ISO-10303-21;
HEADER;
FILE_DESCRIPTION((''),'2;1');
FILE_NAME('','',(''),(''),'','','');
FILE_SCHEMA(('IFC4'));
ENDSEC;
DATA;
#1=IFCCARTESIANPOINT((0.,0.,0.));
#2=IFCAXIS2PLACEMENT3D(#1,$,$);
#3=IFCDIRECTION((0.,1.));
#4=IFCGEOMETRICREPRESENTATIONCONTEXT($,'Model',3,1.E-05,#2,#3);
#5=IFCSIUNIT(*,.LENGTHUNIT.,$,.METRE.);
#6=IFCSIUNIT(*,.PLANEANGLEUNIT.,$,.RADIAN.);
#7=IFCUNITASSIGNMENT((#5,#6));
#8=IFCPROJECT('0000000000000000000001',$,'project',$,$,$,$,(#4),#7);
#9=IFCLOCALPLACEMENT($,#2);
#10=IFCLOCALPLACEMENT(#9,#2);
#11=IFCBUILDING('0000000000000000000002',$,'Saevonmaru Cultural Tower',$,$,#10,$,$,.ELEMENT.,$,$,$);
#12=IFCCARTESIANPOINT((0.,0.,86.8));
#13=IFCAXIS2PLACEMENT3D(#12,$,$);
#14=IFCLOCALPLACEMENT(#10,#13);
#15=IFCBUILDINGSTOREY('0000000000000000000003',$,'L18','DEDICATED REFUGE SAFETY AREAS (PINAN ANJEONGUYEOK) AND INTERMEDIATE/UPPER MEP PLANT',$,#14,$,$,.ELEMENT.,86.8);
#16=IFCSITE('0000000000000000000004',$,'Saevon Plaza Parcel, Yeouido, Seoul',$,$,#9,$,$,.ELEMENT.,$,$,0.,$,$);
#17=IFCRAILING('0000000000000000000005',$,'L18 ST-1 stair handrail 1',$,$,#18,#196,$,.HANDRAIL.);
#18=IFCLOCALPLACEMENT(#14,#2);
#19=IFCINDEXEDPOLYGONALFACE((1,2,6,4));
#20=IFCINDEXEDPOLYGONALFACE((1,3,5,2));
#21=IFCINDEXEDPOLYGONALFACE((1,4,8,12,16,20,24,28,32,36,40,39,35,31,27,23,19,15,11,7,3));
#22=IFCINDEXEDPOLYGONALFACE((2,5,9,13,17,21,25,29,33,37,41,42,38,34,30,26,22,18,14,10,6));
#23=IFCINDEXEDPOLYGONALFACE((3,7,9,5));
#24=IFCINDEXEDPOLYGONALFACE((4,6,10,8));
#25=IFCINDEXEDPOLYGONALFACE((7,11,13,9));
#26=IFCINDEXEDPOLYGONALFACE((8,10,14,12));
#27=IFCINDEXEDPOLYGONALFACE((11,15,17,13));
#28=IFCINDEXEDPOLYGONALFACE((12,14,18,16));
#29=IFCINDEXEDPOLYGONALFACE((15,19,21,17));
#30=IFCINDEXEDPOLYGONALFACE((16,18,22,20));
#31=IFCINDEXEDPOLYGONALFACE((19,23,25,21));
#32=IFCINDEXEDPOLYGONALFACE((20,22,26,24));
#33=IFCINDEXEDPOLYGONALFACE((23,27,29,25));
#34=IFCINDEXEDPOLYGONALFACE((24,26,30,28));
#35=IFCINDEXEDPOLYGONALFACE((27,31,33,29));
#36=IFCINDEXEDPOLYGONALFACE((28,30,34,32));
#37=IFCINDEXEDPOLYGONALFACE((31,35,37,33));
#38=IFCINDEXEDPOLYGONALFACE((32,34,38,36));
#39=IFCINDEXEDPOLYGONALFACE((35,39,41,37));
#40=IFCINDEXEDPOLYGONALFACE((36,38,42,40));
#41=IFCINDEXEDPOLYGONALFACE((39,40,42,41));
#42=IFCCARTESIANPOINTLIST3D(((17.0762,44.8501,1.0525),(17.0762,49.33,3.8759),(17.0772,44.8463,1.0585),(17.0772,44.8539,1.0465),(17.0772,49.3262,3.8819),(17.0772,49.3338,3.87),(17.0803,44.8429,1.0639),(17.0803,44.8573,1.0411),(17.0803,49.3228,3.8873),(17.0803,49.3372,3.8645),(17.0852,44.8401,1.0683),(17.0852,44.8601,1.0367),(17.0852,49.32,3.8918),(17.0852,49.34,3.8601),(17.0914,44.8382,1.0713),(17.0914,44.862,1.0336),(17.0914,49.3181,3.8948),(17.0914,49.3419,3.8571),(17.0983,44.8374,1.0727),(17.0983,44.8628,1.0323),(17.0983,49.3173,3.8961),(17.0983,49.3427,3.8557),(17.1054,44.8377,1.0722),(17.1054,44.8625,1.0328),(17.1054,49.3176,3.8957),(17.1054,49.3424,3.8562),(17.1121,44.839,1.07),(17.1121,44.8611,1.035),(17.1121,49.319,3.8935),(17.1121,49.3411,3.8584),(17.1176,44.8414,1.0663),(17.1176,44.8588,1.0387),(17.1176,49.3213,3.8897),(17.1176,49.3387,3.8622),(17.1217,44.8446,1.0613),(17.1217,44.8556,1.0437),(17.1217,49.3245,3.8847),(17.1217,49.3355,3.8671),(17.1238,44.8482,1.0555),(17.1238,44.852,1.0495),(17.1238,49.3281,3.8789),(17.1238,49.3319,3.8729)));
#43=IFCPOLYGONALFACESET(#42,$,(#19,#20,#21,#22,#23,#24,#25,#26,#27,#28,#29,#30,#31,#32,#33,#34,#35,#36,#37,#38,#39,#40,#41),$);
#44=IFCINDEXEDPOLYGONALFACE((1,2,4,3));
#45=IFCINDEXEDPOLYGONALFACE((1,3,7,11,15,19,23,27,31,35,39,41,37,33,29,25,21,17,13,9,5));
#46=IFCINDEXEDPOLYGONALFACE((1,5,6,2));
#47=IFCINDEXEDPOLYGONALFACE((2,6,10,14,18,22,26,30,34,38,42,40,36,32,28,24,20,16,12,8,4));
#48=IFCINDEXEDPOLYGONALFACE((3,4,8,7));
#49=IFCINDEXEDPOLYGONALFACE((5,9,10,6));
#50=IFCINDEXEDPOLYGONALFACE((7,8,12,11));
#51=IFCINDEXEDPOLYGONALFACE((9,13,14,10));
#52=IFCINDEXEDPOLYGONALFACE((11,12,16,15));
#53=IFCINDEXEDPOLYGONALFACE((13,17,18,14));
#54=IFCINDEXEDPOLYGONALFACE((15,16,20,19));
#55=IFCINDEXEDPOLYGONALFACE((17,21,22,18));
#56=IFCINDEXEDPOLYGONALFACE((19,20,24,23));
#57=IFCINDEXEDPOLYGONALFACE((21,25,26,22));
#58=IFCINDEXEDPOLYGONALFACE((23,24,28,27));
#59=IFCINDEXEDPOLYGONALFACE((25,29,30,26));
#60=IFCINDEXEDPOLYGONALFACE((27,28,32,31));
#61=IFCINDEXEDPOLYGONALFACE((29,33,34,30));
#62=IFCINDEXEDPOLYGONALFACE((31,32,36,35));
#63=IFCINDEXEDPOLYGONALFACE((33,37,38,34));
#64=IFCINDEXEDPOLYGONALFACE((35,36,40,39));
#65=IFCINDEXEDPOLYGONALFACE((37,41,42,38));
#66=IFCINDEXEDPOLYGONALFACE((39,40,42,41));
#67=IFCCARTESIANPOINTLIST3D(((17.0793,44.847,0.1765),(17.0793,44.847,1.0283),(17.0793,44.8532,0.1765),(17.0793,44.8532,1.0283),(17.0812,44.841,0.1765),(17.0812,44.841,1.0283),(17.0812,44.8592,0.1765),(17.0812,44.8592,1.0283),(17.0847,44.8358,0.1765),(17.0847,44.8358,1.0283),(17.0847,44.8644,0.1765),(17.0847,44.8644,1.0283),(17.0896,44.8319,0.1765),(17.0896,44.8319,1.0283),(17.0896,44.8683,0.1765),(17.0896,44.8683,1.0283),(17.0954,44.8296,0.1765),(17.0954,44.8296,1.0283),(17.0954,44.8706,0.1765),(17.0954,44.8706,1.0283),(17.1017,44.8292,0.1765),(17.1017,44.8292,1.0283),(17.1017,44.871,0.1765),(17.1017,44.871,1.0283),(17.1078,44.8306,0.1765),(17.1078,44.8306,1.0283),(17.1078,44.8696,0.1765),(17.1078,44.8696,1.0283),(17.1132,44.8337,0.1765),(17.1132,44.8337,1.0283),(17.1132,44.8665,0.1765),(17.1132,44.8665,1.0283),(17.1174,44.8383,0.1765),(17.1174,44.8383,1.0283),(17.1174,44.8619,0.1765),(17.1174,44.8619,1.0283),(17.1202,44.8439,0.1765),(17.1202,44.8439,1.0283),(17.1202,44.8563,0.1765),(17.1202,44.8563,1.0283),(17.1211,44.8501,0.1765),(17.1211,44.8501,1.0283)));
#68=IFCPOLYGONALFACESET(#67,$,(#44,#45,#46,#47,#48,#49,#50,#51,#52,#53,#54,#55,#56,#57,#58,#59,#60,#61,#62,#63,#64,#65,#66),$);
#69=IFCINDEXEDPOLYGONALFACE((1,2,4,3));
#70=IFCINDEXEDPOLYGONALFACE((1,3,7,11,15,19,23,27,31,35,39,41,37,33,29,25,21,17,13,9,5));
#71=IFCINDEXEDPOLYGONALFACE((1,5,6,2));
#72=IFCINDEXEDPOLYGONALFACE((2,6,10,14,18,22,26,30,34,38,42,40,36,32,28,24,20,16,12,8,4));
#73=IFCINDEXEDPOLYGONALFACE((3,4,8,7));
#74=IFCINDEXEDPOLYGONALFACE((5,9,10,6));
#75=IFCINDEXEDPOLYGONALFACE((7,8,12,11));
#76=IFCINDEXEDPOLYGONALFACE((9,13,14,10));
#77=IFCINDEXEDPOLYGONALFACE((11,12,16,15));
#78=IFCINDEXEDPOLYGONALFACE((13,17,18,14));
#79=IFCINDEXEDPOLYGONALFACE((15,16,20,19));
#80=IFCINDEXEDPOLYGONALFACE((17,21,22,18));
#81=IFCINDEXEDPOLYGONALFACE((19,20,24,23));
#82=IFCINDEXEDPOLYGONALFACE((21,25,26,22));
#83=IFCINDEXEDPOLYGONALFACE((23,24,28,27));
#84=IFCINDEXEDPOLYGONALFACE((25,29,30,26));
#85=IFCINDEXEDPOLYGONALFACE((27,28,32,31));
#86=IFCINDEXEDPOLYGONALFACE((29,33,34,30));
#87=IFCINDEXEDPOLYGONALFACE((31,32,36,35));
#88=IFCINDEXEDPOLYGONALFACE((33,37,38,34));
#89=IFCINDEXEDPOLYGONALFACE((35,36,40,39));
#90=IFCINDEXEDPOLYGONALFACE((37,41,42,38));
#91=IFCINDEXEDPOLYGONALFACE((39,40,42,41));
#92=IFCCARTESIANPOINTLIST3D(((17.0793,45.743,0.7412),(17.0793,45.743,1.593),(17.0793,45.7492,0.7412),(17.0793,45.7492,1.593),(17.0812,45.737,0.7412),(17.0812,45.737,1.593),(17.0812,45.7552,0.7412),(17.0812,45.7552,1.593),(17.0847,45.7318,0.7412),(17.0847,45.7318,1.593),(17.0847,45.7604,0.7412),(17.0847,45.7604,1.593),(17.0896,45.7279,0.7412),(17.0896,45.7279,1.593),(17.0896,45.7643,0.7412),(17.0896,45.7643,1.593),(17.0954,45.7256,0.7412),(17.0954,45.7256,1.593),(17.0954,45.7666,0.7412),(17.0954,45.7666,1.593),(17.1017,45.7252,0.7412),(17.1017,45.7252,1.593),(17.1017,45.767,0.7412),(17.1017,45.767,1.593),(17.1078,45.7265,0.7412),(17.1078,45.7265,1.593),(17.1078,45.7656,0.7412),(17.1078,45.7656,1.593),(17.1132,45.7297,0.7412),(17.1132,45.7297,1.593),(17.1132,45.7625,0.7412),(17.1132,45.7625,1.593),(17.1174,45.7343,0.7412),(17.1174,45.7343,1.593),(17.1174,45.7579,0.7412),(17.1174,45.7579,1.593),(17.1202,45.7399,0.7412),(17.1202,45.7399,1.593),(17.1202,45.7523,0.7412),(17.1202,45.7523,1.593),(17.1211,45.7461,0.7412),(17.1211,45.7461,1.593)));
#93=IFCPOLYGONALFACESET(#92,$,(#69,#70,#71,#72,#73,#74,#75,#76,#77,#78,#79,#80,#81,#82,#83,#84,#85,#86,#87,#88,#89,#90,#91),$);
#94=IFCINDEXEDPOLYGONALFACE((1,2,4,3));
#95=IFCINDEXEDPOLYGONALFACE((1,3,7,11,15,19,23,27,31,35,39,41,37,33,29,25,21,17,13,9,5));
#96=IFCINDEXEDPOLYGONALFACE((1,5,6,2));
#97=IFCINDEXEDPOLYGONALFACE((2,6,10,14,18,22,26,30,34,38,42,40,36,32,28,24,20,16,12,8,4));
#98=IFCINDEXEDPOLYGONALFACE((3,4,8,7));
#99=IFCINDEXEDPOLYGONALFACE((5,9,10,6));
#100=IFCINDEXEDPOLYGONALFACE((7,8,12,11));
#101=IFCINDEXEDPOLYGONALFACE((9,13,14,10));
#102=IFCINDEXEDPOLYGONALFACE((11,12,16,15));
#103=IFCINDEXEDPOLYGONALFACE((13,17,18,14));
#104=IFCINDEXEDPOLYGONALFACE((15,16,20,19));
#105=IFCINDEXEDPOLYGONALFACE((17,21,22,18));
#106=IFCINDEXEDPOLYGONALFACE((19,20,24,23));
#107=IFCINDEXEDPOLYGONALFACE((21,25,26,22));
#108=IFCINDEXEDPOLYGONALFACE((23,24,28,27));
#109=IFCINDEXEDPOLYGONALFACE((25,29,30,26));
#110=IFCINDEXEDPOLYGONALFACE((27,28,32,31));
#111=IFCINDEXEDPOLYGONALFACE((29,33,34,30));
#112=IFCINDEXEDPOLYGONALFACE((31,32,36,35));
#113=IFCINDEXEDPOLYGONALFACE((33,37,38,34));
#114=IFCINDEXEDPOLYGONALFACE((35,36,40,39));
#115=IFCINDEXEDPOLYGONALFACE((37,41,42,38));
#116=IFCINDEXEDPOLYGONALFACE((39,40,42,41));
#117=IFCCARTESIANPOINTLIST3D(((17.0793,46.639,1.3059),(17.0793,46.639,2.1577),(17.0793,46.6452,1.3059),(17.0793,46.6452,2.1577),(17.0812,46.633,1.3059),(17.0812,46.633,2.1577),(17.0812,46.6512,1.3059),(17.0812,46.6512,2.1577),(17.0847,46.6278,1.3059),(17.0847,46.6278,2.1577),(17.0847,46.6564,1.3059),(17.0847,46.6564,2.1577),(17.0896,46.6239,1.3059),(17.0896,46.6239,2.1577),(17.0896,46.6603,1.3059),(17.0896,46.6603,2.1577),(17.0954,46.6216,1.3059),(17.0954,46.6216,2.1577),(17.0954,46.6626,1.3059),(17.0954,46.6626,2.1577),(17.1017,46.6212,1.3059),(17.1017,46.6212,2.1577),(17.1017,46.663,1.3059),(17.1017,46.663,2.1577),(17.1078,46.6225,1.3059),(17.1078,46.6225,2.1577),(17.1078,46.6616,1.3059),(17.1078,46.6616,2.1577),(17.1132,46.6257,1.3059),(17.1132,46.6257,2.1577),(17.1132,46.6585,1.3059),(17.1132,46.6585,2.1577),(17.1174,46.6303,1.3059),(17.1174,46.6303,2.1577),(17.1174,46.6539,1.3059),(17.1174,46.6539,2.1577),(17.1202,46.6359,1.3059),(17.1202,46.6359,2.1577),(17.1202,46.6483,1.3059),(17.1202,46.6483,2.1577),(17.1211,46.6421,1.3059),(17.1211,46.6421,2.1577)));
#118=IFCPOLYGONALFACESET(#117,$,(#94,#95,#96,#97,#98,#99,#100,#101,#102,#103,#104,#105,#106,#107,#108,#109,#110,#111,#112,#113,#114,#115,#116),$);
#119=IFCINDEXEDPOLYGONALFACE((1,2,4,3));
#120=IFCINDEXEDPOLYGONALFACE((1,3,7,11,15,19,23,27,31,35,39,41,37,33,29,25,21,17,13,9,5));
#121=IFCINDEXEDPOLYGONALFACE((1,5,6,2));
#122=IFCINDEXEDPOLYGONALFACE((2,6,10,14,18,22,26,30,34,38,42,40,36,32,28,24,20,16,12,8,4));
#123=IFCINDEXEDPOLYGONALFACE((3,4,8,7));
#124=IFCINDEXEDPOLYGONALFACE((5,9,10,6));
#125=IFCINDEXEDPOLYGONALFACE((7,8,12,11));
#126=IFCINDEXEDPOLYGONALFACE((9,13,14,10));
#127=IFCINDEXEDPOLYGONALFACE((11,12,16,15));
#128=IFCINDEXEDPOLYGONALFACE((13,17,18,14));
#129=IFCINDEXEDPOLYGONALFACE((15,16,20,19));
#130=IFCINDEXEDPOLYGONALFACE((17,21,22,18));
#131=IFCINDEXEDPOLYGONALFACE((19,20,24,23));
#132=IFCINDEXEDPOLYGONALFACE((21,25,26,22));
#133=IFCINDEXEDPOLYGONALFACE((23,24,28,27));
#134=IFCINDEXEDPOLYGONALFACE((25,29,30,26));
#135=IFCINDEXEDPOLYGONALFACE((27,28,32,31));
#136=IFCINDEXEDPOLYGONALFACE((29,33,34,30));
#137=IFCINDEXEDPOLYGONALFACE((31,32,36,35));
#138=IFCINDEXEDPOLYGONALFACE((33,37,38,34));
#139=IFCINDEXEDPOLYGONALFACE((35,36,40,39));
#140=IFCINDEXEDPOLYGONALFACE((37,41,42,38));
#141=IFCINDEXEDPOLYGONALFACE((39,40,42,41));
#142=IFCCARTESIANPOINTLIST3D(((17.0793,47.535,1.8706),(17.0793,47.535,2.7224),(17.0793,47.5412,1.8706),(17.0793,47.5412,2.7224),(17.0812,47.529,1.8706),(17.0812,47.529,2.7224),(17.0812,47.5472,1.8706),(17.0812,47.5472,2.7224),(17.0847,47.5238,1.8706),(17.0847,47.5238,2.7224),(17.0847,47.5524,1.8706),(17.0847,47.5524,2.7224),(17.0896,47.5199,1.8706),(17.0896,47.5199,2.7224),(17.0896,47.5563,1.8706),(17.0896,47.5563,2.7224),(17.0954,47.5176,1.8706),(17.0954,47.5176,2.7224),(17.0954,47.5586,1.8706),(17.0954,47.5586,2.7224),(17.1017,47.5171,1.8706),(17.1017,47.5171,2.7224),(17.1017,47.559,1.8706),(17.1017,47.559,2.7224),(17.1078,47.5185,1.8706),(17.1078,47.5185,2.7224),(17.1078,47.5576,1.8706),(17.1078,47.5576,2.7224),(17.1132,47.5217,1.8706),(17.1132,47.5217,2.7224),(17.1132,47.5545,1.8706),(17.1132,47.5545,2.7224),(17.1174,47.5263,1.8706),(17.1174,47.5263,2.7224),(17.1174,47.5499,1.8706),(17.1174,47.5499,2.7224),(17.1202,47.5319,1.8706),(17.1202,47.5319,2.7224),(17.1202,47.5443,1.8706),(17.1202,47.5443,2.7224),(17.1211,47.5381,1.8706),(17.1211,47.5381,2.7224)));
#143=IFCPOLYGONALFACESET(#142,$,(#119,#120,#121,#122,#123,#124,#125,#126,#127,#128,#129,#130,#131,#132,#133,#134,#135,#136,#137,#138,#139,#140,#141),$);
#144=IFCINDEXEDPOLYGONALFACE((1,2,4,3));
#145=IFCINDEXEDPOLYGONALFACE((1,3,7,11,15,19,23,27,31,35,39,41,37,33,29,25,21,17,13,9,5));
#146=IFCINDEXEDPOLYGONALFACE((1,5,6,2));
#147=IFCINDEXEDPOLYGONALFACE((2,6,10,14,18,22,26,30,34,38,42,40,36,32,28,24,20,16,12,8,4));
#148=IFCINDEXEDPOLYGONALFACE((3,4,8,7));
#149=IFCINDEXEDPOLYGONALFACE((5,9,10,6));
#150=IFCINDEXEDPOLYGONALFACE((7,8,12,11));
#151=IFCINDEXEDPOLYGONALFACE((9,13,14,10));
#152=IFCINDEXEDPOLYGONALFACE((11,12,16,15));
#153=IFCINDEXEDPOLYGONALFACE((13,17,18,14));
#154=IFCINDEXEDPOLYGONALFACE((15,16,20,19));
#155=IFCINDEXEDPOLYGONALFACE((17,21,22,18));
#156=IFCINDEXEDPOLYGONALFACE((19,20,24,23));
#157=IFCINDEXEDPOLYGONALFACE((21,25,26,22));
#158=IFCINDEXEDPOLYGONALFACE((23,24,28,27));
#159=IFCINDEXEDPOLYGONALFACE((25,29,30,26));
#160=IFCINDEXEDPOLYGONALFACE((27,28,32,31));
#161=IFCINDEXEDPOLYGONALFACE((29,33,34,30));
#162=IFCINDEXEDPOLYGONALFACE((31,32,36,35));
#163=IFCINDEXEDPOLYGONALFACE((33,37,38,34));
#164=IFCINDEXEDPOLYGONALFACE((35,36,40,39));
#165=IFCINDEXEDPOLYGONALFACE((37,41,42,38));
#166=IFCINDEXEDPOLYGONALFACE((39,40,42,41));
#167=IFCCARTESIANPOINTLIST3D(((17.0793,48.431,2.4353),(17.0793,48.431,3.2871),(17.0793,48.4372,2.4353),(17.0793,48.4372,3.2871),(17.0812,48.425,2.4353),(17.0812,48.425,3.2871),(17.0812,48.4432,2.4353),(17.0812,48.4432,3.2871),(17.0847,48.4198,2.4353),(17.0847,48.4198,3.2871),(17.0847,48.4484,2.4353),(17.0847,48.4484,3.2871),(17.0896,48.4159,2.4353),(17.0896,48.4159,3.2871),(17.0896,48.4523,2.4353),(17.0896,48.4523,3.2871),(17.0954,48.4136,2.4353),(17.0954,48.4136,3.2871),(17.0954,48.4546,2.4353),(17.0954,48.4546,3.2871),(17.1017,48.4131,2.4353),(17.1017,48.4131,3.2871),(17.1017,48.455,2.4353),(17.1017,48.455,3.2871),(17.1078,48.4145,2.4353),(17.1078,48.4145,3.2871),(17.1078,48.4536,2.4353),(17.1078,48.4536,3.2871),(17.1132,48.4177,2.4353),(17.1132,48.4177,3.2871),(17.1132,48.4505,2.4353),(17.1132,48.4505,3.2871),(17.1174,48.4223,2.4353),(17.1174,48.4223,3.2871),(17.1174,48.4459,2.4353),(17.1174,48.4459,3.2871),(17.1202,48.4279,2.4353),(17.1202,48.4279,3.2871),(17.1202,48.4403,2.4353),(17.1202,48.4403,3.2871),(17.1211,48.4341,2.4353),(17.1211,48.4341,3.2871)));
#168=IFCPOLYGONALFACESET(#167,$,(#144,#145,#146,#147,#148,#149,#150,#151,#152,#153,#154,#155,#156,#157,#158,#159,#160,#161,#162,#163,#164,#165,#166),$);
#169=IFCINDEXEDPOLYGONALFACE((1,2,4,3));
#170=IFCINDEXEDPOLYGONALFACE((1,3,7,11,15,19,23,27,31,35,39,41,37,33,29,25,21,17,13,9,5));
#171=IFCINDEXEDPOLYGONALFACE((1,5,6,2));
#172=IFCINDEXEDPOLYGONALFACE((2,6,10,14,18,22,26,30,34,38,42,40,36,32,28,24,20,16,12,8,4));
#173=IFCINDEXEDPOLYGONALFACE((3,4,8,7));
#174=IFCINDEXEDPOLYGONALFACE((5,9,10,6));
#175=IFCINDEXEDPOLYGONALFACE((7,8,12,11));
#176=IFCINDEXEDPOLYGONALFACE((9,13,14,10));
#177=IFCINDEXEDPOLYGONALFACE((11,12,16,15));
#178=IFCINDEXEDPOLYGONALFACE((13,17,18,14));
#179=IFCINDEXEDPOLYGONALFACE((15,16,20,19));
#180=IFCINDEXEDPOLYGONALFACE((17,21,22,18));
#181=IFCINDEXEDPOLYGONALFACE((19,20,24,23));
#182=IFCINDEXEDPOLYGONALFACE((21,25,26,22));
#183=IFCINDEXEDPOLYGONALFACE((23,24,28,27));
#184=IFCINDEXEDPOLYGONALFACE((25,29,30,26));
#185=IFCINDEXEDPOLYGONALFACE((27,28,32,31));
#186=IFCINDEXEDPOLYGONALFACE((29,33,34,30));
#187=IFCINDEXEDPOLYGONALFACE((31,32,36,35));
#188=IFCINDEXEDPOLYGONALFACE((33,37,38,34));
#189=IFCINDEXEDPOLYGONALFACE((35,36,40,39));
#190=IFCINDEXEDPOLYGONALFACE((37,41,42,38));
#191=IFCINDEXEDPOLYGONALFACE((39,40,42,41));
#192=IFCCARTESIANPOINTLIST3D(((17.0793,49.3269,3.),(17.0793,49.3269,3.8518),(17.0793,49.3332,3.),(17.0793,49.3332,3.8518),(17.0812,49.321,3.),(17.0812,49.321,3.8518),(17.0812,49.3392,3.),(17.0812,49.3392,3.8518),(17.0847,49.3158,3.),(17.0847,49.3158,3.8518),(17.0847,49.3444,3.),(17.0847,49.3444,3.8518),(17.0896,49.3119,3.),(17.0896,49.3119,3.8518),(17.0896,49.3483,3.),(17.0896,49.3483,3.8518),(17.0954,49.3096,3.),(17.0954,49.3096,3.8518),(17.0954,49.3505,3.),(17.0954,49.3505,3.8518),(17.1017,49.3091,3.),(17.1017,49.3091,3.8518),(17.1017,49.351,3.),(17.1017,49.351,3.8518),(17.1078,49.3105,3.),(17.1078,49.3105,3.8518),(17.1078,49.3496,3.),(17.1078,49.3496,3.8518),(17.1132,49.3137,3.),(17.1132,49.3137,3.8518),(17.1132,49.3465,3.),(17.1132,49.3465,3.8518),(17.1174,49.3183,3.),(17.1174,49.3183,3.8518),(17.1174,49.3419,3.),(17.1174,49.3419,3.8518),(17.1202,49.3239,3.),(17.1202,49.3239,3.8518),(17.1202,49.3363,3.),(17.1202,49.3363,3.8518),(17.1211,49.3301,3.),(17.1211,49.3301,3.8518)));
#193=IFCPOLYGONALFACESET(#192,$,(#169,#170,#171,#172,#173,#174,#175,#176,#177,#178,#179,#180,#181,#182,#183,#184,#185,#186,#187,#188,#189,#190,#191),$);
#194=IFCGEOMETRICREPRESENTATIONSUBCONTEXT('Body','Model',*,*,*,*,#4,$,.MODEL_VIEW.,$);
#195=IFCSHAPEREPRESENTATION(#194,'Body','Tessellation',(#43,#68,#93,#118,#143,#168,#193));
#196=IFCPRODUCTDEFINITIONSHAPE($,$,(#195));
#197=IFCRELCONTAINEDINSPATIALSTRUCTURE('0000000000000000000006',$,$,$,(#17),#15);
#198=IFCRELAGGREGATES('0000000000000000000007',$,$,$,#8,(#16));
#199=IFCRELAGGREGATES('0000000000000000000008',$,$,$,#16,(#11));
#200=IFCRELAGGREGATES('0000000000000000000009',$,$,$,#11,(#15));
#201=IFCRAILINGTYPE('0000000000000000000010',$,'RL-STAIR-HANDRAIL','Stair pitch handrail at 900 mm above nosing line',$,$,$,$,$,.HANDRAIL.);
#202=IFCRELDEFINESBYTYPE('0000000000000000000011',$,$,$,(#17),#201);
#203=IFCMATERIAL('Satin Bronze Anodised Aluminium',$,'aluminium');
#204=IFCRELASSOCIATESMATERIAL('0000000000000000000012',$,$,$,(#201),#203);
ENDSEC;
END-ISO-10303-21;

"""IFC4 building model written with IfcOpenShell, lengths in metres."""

from ifc_helpers import new_model, si_unit, direction, frame, origin, origin_2d, place, context, subcontext, project, spatial, circle, extrude, material, type_object, element, save


model = new_model("IFC4")

# Units and contexts
model_context = context("Model", 3, precision=1e-05, world=origin(), true_north=direction((0.0, 1.0)))
body_context = subcontext(model_context, "Body", "Model", "MODEL_VIEW")
ifc_project = project(units=[si_unit("LENGTHUNIT", "METRE"), si_unit("PLANEANGLEUNIT", "RADIAN")], contexts=[model_context])

# Site, building, storey
site_placement = place(None, origin())
site = spatial("IfcSite", under=ifc_project, at=site_placement, Name="Saevon Plaza Parcel, Yeouido, Seoul", CompositionType="ELEMENT", RefElevation=0.0)
building_placement = place(site_placement, origin())
building = spatial("IfcBuilding", under=site, at=building_placement, Name="Saevonmaru Cultural Tower", CompositionType="ELEMENT")
storey_placement = place(building_placement, frame((0.0, 0.0, 86.8)))
storey = spatial("IfcBuildingStorey", under=building, at=storey_placement, Name="L18", Description="DEDICATED REFUGE SAFETY AREAS (PINAN ANJEONGUYEOK) AND INTERMEDIATE/UPPER MEP PLANT", CompositionType="ELEMENT", Elevation=86.8)

# Shared definitions
ifc_material_1 = material(Name="Satin Bronze Anodised Aluminium", Category="aluminium")

# Railing
railing_type_1 = type_object("IfcRailingType", Name="RL-STAIR-HANDRAIL", Description="Stair pitch handrail at 900 mm above nosing line", PredefinedType="HANDRAIL", material=ifc_material_1)
railing_1_placement = place(storey_placement, frame((17.1001, 44.8501, 0.1765)))
element("IfcRailing", 1, at=railing_1_placement, inside=storey, type_object=railing_type_1, Name="L18 ST-1 stair handrail 1", PredefinedType="HANDRAIL", context=body_context, shape_type="SweptSolid", body=[
    extrude(circle(Radius=0.0239, at=origin_2d()), frame((0.0, 0.0, 0.876), z_axis=(0.0, 0.845998, 0.533186), x_axis=(-1.0, 0.0, 0.0)), (0.0, 0.0, 1.0), 5.2954),
    extrude(circle(Radius=0.021, at=origin_2d()), origin(), (0.0, 0.0, 1.0), 0.8518),
    extrude(circle(Radius=0.021, at=origin_2d()), frame((0.0, 0.896, 0.5647)), (0.0, 0.0, 1.0), 0.8518),
    extrude(circle(Radius=0.021, at=origin_2d()), frame((0.0, 1.792, 1.1294)), (0.0, 0.0, 1.0), 0.8518),
    extrude(circle(Radius=0.021, at=origin_2d()), frame((0.0, 2.688, 1.6941)), (0.0, 0.0, 1.0), 0.8518),
    extrude(circle(Radius=0.021, at=origin_2d()), frame((0.0, 3.584, 2.2588)), (0.0, 0.0, 1.0), 0.8518),
    extrude(circle(Radius=0.021, at=origin_2d()), frame((0.0, 4.48, 2.8235)), (0.0, 0.0, 1.0), 0.8518),
])

save(model, "model.ifc")
